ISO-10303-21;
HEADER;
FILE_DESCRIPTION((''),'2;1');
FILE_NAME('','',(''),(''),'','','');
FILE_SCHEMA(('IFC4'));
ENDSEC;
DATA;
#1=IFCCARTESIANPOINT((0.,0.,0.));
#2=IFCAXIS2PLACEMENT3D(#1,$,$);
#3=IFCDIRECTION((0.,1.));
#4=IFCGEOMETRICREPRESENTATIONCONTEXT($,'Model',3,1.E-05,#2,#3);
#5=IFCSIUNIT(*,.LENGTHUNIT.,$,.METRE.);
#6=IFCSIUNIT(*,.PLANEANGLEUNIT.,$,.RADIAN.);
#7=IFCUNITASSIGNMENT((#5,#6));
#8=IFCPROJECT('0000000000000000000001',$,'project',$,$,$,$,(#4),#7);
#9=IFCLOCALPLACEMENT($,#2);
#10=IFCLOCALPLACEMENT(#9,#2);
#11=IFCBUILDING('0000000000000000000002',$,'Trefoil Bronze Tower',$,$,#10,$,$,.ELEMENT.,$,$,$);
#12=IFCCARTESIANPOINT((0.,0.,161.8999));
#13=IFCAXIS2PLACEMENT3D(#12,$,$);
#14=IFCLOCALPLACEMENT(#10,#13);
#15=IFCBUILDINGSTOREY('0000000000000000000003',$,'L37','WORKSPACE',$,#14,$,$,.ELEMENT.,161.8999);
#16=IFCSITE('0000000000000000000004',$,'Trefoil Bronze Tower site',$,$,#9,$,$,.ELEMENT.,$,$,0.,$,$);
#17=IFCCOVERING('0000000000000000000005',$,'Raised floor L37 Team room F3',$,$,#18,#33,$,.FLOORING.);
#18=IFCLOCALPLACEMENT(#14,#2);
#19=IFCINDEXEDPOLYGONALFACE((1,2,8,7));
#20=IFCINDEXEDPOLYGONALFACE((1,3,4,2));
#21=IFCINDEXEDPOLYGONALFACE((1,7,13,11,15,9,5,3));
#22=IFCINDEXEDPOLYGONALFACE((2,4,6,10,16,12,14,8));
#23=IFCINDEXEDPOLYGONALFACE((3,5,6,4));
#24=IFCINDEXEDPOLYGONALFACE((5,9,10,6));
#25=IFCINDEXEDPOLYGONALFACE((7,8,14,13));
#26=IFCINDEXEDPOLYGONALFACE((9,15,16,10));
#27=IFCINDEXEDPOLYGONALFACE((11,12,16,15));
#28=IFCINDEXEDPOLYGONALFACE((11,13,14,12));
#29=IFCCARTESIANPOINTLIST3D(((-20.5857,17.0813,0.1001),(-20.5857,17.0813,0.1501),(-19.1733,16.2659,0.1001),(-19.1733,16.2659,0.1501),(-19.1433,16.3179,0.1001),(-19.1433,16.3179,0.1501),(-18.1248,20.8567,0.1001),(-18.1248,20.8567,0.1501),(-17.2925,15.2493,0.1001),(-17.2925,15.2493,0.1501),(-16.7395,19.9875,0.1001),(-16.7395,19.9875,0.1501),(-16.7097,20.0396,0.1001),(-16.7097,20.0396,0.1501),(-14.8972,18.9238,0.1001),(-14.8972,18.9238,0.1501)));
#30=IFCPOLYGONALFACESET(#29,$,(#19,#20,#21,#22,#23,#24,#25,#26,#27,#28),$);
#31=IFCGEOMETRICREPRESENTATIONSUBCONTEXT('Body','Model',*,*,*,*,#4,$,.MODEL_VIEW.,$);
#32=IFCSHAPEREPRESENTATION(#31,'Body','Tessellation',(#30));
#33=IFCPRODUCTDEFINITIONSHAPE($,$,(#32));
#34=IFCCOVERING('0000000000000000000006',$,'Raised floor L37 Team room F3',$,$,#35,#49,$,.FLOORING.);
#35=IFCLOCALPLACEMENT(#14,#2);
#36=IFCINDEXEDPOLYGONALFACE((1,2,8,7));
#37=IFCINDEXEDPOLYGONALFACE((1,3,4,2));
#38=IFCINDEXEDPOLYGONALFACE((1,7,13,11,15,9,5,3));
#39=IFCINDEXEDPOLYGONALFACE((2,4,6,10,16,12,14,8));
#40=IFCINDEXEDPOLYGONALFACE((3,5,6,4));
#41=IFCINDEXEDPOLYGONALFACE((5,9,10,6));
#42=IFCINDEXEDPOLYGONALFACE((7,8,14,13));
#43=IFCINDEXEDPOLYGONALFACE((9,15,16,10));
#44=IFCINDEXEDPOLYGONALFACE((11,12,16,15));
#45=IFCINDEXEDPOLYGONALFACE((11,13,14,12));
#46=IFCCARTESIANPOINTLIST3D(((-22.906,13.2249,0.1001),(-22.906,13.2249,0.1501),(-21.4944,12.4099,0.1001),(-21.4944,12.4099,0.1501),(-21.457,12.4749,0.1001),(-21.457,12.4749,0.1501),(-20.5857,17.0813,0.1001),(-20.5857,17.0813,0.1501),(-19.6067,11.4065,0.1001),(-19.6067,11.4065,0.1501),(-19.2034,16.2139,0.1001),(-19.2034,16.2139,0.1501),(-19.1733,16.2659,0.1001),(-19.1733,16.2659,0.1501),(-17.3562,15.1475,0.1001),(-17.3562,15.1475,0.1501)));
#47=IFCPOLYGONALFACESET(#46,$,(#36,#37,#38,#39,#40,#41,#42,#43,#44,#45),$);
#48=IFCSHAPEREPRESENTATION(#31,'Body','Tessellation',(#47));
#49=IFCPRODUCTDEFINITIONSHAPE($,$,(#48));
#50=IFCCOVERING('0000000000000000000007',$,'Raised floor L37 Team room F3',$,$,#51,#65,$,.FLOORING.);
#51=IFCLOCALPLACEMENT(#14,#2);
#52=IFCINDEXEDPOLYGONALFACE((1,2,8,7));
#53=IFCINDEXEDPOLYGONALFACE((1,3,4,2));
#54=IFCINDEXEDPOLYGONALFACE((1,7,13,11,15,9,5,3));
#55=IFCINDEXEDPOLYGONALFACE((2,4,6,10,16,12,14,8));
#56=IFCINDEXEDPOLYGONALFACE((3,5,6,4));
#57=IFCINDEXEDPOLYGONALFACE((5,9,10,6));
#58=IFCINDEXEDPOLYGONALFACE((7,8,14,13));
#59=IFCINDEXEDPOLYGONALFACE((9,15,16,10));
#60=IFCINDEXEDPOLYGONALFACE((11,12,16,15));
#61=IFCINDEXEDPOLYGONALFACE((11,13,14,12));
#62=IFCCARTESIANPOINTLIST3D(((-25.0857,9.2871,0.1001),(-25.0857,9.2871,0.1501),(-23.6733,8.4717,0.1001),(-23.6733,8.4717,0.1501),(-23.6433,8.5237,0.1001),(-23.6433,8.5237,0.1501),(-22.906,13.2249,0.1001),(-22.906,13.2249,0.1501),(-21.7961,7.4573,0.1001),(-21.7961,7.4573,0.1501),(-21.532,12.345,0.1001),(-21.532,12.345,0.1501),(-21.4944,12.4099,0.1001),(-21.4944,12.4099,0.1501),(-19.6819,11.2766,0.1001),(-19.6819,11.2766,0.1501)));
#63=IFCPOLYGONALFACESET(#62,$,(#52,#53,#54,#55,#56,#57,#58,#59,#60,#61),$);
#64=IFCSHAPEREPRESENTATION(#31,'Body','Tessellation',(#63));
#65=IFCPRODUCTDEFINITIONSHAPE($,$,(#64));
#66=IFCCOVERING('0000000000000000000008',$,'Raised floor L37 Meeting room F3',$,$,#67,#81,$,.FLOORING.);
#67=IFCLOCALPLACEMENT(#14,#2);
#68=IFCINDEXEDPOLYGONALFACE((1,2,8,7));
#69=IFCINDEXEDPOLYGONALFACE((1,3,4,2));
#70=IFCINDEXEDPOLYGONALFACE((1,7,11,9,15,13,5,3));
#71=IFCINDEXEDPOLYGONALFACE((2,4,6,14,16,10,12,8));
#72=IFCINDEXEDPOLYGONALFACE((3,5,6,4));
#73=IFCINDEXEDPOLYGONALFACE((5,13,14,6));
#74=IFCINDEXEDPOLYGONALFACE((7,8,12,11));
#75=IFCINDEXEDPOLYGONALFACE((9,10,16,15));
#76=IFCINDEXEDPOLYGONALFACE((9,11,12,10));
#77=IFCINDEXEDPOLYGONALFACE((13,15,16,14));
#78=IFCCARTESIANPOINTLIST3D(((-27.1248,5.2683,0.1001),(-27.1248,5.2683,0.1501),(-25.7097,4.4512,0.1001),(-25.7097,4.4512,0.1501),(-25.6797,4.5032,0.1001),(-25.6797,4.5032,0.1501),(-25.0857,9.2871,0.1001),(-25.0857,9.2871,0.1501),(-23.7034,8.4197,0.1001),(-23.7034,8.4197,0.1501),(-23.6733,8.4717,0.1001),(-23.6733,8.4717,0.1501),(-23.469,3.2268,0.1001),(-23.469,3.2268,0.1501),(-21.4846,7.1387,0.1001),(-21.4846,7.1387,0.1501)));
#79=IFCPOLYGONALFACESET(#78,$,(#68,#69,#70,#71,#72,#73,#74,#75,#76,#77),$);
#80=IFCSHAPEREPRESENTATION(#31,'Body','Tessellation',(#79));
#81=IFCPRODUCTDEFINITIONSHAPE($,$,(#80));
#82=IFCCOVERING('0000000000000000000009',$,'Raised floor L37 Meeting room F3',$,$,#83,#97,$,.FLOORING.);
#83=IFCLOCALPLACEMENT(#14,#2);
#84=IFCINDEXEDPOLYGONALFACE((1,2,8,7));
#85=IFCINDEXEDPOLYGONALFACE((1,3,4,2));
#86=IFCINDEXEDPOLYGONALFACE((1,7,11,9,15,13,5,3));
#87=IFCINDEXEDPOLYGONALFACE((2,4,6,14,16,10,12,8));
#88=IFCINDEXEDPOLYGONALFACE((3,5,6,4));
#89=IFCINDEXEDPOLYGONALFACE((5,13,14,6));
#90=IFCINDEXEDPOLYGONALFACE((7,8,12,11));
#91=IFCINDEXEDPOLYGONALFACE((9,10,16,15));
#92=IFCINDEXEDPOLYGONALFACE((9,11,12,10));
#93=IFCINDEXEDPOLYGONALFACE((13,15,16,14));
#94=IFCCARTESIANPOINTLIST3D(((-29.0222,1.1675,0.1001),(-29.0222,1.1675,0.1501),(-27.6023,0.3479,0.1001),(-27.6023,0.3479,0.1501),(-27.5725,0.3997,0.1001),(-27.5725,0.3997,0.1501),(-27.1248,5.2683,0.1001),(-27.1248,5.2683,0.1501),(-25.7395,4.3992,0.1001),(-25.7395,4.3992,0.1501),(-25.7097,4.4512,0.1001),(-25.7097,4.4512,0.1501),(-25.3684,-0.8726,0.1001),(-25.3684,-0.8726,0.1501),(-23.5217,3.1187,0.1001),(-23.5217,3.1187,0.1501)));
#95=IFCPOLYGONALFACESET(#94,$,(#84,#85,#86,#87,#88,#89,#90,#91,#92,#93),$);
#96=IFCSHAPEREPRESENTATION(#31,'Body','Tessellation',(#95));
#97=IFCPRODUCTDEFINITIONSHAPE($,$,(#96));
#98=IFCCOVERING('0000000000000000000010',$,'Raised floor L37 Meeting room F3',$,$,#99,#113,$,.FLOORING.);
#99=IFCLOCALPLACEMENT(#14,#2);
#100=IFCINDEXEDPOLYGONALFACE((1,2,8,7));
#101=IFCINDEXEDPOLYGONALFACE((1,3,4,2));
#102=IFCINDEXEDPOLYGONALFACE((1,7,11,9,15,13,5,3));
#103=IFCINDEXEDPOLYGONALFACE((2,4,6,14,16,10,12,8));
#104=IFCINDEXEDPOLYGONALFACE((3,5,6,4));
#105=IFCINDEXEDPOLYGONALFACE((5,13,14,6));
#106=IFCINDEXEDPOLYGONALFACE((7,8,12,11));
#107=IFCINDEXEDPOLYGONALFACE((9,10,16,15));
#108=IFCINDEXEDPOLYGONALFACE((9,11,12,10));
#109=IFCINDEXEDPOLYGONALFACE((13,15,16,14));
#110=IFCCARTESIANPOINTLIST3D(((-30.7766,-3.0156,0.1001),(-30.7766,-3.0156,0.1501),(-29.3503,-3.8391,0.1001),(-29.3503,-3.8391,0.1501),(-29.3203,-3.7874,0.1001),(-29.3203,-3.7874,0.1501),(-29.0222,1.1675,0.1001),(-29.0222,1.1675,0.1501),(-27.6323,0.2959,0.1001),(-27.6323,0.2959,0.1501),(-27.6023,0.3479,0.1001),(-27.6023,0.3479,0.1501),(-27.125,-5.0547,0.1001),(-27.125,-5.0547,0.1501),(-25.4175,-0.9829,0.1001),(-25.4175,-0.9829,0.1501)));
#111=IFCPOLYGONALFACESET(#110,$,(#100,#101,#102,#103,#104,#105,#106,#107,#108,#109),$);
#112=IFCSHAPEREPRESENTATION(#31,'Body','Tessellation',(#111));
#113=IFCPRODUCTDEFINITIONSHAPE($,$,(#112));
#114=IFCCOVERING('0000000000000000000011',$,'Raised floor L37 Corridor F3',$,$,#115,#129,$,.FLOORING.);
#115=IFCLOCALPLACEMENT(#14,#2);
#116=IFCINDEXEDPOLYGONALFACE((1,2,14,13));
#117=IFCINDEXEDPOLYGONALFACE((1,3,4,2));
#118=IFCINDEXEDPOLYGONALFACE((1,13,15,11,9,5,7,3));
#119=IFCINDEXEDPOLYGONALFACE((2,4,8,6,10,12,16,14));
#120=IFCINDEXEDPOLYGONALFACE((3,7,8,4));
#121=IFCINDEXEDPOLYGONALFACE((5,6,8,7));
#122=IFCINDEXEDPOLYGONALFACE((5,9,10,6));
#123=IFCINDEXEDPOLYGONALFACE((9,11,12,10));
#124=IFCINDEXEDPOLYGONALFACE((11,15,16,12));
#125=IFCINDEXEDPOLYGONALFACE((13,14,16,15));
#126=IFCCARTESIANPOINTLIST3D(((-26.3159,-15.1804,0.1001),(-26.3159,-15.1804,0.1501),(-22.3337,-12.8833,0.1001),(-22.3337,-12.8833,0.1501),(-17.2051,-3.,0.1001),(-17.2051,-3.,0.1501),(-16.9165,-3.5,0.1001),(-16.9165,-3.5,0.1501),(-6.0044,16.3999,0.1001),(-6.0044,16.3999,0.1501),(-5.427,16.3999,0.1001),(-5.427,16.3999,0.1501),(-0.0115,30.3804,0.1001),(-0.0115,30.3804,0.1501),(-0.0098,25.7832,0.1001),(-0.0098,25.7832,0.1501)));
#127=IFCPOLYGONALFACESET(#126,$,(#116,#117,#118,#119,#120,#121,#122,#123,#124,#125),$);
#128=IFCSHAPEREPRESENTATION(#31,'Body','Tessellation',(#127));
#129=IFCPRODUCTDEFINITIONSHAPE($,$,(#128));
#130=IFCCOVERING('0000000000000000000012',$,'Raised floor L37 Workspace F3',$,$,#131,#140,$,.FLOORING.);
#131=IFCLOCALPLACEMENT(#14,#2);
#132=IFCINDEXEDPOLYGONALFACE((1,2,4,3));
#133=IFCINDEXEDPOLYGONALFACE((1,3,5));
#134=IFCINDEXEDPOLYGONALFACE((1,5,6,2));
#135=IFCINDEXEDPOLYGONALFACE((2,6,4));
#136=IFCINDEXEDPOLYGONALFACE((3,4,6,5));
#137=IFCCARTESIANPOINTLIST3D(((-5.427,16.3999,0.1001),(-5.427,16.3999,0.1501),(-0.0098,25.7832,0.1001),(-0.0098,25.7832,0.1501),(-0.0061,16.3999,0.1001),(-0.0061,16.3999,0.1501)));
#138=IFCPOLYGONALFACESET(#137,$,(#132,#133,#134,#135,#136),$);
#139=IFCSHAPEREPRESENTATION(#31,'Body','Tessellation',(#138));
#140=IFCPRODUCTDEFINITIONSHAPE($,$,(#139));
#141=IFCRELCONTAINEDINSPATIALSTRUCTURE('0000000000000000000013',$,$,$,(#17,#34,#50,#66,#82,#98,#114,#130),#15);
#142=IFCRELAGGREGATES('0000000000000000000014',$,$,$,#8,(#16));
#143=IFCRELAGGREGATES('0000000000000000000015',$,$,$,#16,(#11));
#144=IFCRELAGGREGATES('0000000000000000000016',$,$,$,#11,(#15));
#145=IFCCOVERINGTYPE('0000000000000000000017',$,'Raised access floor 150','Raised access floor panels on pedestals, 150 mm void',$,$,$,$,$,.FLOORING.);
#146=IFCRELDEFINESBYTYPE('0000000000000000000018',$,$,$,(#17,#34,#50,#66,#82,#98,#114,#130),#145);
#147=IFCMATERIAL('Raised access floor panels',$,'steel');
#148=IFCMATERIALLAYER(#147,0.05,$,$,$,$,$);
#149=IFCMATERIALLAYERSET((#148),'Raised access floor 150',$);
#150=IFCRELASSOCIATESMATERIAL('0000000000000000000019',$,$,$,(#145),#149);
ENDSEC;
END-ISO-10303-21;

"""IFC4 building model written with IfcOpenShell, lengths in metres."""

from ifc_helpers import new_model, si_unit, direction, frame, origin, place, context, subcontext, project, spatial, polyline, outline, extrude, material, layer, layer_set, type_object, element, save


model = new_model("IFC4")

# Units and contexts
model_context = context("Model", 3, precision=1e-05, world=origin(), true_north=direction((0.0, 1.0)))
body_context = subcontext(model_context, "Body", "Model", "MODEL_VIEW")
ifc_project = project(units=[si_unit("LENGTHUNIT", "METRE"), si_unit("PLANEANGLEUNIT", "RADIAN")], contexts=[model_context])

# Site, building, storey
site_placement = place(None, origin())
site = spatial("IfcSite", under=ifc_project, at=site_placement, Name="Trefoil Bronze Tower site", CompositionType="ELEMENT", RefElevation=0.0)
building_placement = place(site_placement, origin())
building = spatial("IfcBuilding", under=site, at=building_placement, Name="Trefoil Bronze Tower", CompositionType="ELEMENT")
storey_placement = place(building_placement, frame((0.0, 0.0, 161.8999)))
storey = spatial("IfcBuildingStorey", under=building, at=storey_placement, Name="L37", Description="WORKSPACE", CompositionType="ELEMENT", Elevation=161.8999)

# Coverings
ifc_material_1 = material(Name="Raised access floor panels", Category="steel")
ifc_layer_1 = layer(ifc_material_1, 0.05)
ifc_layer_set_1 = layer_set([ifc_layer_1], Name="Raised access floor 150")
covering_type_1 = type_object("IfcCoveringType", Name="Raised access floor 150", Description="Raised access floor panels on pedestals, 150 mm void", PredefinedType="FLOORING", material=ifc_layer_set_1)
covering_1_placement = place(storey_placement, frame((0.0, 0.0, 0.1001)))
element("IfcCovering", 1, at=covering_1_placement, inside=storey, type_object=covering_type_1, Name="Raised floor L37 Team room F3", PredefinedType="FLOORING", context=body_context, shape_type="SweptSolid", body=[
    extrude(outline(polyline([(-18.1248, 20.8567), (-16.7097, 20.0396), (-16.7395, 19.9875), (-14.8972, 18.9238), (-17.2925, 15.2493), (-19.1433, 16.3179), (-19.1733, 16.2659), (-20.5857, 17.0813), (-18.1248, 20.8567)])), origin(), (0.0, 0.0, 1.0), 0.05),
])
covering_2_placement = place(storey_placement, frame((0.0, 0.0, 0.1001)))
element("IfcCovering", 2, at=covering_2_placement, inside=storey, type_object=covering_type_1, Name="Raised floor L37 Team room F3", PredefinedType="FLOORING", context=body_context, shape_type="SweptSolid", body=[
    extrude(outline(polyline([(-22.906, 13.2249), (-20.5857, 17.0813), (-19.1733, 16.2659), (-19.2034, 16.2139), (-17.3562, 15.1475), (-19.6067, 11.4065), (-21.457, 12.4749), (-21.4944, 12.4099), (-22.906, 13.2249)])), origin(), (0.0, 0.0, 1.0), 0.05),
])
covering_3_placement = place(storey_placement, frame((0.0, 0.0, 0.1001)))
element("IfcCovering", 3, at=covering_3_placement, inside=storey, type_object=covering_type_1, Name="Raised floor L37 Team room F3", PredefinedType="FLOORING", context=body_context, shape_type="SweptSolid", body=[
    extrude(outline(polyline([(-25.0857, 9.2871), (-22.906, 13.2249), (-21.4944, 12.4099), (-21.532, 12.345), (-19.6819, 11.2766), (-21.7961, 7.4573), (-23.6433, 8.5237), (-23.6733, 8.4717), (-25.0857, 9.2871)])), origin(), (0.0, 0.0, 1.0), 0.05),
])
covering_4_placement = place(storey_placement, frame((0.0, 0.0, 0.1001)))
element("IfcCovering", 4, at=covering_4_placement, inside=storey, type_object=covering_type_1, Name="Raised floor L37 Meeting room F3", PredefinedType="FLOORING", context=body_context, shape_type="SweptSolid", body=[
    extrude(outline(polyline([(-27.1248, 5.2683), (-25.0857, 9.2871), (-23.6733, 8.4717), (-23.7034, 8.4197), (-21.4846, 7.1387), (-23.469, 3.2268), (-25.6797, 4.5032), (-25.7097, 4.4512), (-27.1248, 5.2683)])), origin(), (0.0, 0.0, 1.0), 0.05),
])
covering_5_placement = place(storey_placement, frame((0.0, 0.0, 0.1001)))
element("IfcCovering", 5, at=covering_5_placement, inside=storey, type_object=covering_type_1, Name="Raised floor L37 Meeting room F3", PredefinedType="FLOORING", context=body_context, shape_type="SweptSolid", body=[
    extrude(outline(polyline([(-29.0222, 1.1675), (-27.1248, 5.2683), (-25.7097, 4.4512), (-25.7395, 4.3992), (-23.5217, 3.1187), (-25.3684, -0.8726), (-27.5725, 0.3997), (-27.6023, 0.3479), (-29.0222, 1.1675)])), origin(), (0.0, 0.0, 1.0), 0.05),
])
covering_6_placement = place(storey_placement, frame((0.0, 0.0, 0.1001)))
element("IfcCovering", 6, at=covering_6_placement, inside=storey, type_object=covering_type_1, Name="Raised floor L37 Meeting room F3", PredefinedType="FLOORING", context=body_context, shape_type="SweptSolid", body=[
    extrude(outline(polyline([(-30.7766, -3.0156), (-29.0222, 1.1675), (-27.6023, 0.3479), (-27.6323, 0.2959), (-25.4175, -0.9829), (-27.125, -5.0547), (-29.3203, -3.7874), (-29.3503, -3.8391), (-30.7766, -3.0156)])), origin(), (0.0, 0.0, 1.0), 0.05),
])
covering_7_placement = place(storey_placement, frame((0.0, 0.0, 0.1001)))
element("IfcCovering", 7, at=covering_7_placement, inside=storey, type_object=covering_type_1, Name="Raised floor L37 Corridor F3", PredefinedType="FLOORING", context=body_context, shape_type="SweptSolid", body=[
    extrude(outline(polyline([(-0.0115, 30.3804), (-0.0098, 25.7832), (-5.427, 16.3999), (-6.0044, 16.3999), (-17.2051, -3.0), (-16.9165, -3.5), (-22.3337, -12.8833), (-26.3159, -15.1804), (-0.0115, 30.3804)])), origin(), (0.0, 0.0, 1.0), 0.05),
])
covering_8_placement = place(storey_placement, frame((0.0, 0.0, 0.1001)))
element("IfcCovering", 8, at=covering_8_placement, inside=storey, type_object=covering_type_1, Name="Raised floor L37 Workspace F3", PredefinedType="FLOORING", context=body_context, shape_type="SweptSolid", body=[
    extrude(outline(polyline([(-0.0098, 25.7832), (-0.0061, 16.3999), (-5.427, 16.3999), (-0.0098, 25.7832)])), origin(), (0.0, 0.0, 1.0), 0.05),
])

save(model, "model.ifc")
